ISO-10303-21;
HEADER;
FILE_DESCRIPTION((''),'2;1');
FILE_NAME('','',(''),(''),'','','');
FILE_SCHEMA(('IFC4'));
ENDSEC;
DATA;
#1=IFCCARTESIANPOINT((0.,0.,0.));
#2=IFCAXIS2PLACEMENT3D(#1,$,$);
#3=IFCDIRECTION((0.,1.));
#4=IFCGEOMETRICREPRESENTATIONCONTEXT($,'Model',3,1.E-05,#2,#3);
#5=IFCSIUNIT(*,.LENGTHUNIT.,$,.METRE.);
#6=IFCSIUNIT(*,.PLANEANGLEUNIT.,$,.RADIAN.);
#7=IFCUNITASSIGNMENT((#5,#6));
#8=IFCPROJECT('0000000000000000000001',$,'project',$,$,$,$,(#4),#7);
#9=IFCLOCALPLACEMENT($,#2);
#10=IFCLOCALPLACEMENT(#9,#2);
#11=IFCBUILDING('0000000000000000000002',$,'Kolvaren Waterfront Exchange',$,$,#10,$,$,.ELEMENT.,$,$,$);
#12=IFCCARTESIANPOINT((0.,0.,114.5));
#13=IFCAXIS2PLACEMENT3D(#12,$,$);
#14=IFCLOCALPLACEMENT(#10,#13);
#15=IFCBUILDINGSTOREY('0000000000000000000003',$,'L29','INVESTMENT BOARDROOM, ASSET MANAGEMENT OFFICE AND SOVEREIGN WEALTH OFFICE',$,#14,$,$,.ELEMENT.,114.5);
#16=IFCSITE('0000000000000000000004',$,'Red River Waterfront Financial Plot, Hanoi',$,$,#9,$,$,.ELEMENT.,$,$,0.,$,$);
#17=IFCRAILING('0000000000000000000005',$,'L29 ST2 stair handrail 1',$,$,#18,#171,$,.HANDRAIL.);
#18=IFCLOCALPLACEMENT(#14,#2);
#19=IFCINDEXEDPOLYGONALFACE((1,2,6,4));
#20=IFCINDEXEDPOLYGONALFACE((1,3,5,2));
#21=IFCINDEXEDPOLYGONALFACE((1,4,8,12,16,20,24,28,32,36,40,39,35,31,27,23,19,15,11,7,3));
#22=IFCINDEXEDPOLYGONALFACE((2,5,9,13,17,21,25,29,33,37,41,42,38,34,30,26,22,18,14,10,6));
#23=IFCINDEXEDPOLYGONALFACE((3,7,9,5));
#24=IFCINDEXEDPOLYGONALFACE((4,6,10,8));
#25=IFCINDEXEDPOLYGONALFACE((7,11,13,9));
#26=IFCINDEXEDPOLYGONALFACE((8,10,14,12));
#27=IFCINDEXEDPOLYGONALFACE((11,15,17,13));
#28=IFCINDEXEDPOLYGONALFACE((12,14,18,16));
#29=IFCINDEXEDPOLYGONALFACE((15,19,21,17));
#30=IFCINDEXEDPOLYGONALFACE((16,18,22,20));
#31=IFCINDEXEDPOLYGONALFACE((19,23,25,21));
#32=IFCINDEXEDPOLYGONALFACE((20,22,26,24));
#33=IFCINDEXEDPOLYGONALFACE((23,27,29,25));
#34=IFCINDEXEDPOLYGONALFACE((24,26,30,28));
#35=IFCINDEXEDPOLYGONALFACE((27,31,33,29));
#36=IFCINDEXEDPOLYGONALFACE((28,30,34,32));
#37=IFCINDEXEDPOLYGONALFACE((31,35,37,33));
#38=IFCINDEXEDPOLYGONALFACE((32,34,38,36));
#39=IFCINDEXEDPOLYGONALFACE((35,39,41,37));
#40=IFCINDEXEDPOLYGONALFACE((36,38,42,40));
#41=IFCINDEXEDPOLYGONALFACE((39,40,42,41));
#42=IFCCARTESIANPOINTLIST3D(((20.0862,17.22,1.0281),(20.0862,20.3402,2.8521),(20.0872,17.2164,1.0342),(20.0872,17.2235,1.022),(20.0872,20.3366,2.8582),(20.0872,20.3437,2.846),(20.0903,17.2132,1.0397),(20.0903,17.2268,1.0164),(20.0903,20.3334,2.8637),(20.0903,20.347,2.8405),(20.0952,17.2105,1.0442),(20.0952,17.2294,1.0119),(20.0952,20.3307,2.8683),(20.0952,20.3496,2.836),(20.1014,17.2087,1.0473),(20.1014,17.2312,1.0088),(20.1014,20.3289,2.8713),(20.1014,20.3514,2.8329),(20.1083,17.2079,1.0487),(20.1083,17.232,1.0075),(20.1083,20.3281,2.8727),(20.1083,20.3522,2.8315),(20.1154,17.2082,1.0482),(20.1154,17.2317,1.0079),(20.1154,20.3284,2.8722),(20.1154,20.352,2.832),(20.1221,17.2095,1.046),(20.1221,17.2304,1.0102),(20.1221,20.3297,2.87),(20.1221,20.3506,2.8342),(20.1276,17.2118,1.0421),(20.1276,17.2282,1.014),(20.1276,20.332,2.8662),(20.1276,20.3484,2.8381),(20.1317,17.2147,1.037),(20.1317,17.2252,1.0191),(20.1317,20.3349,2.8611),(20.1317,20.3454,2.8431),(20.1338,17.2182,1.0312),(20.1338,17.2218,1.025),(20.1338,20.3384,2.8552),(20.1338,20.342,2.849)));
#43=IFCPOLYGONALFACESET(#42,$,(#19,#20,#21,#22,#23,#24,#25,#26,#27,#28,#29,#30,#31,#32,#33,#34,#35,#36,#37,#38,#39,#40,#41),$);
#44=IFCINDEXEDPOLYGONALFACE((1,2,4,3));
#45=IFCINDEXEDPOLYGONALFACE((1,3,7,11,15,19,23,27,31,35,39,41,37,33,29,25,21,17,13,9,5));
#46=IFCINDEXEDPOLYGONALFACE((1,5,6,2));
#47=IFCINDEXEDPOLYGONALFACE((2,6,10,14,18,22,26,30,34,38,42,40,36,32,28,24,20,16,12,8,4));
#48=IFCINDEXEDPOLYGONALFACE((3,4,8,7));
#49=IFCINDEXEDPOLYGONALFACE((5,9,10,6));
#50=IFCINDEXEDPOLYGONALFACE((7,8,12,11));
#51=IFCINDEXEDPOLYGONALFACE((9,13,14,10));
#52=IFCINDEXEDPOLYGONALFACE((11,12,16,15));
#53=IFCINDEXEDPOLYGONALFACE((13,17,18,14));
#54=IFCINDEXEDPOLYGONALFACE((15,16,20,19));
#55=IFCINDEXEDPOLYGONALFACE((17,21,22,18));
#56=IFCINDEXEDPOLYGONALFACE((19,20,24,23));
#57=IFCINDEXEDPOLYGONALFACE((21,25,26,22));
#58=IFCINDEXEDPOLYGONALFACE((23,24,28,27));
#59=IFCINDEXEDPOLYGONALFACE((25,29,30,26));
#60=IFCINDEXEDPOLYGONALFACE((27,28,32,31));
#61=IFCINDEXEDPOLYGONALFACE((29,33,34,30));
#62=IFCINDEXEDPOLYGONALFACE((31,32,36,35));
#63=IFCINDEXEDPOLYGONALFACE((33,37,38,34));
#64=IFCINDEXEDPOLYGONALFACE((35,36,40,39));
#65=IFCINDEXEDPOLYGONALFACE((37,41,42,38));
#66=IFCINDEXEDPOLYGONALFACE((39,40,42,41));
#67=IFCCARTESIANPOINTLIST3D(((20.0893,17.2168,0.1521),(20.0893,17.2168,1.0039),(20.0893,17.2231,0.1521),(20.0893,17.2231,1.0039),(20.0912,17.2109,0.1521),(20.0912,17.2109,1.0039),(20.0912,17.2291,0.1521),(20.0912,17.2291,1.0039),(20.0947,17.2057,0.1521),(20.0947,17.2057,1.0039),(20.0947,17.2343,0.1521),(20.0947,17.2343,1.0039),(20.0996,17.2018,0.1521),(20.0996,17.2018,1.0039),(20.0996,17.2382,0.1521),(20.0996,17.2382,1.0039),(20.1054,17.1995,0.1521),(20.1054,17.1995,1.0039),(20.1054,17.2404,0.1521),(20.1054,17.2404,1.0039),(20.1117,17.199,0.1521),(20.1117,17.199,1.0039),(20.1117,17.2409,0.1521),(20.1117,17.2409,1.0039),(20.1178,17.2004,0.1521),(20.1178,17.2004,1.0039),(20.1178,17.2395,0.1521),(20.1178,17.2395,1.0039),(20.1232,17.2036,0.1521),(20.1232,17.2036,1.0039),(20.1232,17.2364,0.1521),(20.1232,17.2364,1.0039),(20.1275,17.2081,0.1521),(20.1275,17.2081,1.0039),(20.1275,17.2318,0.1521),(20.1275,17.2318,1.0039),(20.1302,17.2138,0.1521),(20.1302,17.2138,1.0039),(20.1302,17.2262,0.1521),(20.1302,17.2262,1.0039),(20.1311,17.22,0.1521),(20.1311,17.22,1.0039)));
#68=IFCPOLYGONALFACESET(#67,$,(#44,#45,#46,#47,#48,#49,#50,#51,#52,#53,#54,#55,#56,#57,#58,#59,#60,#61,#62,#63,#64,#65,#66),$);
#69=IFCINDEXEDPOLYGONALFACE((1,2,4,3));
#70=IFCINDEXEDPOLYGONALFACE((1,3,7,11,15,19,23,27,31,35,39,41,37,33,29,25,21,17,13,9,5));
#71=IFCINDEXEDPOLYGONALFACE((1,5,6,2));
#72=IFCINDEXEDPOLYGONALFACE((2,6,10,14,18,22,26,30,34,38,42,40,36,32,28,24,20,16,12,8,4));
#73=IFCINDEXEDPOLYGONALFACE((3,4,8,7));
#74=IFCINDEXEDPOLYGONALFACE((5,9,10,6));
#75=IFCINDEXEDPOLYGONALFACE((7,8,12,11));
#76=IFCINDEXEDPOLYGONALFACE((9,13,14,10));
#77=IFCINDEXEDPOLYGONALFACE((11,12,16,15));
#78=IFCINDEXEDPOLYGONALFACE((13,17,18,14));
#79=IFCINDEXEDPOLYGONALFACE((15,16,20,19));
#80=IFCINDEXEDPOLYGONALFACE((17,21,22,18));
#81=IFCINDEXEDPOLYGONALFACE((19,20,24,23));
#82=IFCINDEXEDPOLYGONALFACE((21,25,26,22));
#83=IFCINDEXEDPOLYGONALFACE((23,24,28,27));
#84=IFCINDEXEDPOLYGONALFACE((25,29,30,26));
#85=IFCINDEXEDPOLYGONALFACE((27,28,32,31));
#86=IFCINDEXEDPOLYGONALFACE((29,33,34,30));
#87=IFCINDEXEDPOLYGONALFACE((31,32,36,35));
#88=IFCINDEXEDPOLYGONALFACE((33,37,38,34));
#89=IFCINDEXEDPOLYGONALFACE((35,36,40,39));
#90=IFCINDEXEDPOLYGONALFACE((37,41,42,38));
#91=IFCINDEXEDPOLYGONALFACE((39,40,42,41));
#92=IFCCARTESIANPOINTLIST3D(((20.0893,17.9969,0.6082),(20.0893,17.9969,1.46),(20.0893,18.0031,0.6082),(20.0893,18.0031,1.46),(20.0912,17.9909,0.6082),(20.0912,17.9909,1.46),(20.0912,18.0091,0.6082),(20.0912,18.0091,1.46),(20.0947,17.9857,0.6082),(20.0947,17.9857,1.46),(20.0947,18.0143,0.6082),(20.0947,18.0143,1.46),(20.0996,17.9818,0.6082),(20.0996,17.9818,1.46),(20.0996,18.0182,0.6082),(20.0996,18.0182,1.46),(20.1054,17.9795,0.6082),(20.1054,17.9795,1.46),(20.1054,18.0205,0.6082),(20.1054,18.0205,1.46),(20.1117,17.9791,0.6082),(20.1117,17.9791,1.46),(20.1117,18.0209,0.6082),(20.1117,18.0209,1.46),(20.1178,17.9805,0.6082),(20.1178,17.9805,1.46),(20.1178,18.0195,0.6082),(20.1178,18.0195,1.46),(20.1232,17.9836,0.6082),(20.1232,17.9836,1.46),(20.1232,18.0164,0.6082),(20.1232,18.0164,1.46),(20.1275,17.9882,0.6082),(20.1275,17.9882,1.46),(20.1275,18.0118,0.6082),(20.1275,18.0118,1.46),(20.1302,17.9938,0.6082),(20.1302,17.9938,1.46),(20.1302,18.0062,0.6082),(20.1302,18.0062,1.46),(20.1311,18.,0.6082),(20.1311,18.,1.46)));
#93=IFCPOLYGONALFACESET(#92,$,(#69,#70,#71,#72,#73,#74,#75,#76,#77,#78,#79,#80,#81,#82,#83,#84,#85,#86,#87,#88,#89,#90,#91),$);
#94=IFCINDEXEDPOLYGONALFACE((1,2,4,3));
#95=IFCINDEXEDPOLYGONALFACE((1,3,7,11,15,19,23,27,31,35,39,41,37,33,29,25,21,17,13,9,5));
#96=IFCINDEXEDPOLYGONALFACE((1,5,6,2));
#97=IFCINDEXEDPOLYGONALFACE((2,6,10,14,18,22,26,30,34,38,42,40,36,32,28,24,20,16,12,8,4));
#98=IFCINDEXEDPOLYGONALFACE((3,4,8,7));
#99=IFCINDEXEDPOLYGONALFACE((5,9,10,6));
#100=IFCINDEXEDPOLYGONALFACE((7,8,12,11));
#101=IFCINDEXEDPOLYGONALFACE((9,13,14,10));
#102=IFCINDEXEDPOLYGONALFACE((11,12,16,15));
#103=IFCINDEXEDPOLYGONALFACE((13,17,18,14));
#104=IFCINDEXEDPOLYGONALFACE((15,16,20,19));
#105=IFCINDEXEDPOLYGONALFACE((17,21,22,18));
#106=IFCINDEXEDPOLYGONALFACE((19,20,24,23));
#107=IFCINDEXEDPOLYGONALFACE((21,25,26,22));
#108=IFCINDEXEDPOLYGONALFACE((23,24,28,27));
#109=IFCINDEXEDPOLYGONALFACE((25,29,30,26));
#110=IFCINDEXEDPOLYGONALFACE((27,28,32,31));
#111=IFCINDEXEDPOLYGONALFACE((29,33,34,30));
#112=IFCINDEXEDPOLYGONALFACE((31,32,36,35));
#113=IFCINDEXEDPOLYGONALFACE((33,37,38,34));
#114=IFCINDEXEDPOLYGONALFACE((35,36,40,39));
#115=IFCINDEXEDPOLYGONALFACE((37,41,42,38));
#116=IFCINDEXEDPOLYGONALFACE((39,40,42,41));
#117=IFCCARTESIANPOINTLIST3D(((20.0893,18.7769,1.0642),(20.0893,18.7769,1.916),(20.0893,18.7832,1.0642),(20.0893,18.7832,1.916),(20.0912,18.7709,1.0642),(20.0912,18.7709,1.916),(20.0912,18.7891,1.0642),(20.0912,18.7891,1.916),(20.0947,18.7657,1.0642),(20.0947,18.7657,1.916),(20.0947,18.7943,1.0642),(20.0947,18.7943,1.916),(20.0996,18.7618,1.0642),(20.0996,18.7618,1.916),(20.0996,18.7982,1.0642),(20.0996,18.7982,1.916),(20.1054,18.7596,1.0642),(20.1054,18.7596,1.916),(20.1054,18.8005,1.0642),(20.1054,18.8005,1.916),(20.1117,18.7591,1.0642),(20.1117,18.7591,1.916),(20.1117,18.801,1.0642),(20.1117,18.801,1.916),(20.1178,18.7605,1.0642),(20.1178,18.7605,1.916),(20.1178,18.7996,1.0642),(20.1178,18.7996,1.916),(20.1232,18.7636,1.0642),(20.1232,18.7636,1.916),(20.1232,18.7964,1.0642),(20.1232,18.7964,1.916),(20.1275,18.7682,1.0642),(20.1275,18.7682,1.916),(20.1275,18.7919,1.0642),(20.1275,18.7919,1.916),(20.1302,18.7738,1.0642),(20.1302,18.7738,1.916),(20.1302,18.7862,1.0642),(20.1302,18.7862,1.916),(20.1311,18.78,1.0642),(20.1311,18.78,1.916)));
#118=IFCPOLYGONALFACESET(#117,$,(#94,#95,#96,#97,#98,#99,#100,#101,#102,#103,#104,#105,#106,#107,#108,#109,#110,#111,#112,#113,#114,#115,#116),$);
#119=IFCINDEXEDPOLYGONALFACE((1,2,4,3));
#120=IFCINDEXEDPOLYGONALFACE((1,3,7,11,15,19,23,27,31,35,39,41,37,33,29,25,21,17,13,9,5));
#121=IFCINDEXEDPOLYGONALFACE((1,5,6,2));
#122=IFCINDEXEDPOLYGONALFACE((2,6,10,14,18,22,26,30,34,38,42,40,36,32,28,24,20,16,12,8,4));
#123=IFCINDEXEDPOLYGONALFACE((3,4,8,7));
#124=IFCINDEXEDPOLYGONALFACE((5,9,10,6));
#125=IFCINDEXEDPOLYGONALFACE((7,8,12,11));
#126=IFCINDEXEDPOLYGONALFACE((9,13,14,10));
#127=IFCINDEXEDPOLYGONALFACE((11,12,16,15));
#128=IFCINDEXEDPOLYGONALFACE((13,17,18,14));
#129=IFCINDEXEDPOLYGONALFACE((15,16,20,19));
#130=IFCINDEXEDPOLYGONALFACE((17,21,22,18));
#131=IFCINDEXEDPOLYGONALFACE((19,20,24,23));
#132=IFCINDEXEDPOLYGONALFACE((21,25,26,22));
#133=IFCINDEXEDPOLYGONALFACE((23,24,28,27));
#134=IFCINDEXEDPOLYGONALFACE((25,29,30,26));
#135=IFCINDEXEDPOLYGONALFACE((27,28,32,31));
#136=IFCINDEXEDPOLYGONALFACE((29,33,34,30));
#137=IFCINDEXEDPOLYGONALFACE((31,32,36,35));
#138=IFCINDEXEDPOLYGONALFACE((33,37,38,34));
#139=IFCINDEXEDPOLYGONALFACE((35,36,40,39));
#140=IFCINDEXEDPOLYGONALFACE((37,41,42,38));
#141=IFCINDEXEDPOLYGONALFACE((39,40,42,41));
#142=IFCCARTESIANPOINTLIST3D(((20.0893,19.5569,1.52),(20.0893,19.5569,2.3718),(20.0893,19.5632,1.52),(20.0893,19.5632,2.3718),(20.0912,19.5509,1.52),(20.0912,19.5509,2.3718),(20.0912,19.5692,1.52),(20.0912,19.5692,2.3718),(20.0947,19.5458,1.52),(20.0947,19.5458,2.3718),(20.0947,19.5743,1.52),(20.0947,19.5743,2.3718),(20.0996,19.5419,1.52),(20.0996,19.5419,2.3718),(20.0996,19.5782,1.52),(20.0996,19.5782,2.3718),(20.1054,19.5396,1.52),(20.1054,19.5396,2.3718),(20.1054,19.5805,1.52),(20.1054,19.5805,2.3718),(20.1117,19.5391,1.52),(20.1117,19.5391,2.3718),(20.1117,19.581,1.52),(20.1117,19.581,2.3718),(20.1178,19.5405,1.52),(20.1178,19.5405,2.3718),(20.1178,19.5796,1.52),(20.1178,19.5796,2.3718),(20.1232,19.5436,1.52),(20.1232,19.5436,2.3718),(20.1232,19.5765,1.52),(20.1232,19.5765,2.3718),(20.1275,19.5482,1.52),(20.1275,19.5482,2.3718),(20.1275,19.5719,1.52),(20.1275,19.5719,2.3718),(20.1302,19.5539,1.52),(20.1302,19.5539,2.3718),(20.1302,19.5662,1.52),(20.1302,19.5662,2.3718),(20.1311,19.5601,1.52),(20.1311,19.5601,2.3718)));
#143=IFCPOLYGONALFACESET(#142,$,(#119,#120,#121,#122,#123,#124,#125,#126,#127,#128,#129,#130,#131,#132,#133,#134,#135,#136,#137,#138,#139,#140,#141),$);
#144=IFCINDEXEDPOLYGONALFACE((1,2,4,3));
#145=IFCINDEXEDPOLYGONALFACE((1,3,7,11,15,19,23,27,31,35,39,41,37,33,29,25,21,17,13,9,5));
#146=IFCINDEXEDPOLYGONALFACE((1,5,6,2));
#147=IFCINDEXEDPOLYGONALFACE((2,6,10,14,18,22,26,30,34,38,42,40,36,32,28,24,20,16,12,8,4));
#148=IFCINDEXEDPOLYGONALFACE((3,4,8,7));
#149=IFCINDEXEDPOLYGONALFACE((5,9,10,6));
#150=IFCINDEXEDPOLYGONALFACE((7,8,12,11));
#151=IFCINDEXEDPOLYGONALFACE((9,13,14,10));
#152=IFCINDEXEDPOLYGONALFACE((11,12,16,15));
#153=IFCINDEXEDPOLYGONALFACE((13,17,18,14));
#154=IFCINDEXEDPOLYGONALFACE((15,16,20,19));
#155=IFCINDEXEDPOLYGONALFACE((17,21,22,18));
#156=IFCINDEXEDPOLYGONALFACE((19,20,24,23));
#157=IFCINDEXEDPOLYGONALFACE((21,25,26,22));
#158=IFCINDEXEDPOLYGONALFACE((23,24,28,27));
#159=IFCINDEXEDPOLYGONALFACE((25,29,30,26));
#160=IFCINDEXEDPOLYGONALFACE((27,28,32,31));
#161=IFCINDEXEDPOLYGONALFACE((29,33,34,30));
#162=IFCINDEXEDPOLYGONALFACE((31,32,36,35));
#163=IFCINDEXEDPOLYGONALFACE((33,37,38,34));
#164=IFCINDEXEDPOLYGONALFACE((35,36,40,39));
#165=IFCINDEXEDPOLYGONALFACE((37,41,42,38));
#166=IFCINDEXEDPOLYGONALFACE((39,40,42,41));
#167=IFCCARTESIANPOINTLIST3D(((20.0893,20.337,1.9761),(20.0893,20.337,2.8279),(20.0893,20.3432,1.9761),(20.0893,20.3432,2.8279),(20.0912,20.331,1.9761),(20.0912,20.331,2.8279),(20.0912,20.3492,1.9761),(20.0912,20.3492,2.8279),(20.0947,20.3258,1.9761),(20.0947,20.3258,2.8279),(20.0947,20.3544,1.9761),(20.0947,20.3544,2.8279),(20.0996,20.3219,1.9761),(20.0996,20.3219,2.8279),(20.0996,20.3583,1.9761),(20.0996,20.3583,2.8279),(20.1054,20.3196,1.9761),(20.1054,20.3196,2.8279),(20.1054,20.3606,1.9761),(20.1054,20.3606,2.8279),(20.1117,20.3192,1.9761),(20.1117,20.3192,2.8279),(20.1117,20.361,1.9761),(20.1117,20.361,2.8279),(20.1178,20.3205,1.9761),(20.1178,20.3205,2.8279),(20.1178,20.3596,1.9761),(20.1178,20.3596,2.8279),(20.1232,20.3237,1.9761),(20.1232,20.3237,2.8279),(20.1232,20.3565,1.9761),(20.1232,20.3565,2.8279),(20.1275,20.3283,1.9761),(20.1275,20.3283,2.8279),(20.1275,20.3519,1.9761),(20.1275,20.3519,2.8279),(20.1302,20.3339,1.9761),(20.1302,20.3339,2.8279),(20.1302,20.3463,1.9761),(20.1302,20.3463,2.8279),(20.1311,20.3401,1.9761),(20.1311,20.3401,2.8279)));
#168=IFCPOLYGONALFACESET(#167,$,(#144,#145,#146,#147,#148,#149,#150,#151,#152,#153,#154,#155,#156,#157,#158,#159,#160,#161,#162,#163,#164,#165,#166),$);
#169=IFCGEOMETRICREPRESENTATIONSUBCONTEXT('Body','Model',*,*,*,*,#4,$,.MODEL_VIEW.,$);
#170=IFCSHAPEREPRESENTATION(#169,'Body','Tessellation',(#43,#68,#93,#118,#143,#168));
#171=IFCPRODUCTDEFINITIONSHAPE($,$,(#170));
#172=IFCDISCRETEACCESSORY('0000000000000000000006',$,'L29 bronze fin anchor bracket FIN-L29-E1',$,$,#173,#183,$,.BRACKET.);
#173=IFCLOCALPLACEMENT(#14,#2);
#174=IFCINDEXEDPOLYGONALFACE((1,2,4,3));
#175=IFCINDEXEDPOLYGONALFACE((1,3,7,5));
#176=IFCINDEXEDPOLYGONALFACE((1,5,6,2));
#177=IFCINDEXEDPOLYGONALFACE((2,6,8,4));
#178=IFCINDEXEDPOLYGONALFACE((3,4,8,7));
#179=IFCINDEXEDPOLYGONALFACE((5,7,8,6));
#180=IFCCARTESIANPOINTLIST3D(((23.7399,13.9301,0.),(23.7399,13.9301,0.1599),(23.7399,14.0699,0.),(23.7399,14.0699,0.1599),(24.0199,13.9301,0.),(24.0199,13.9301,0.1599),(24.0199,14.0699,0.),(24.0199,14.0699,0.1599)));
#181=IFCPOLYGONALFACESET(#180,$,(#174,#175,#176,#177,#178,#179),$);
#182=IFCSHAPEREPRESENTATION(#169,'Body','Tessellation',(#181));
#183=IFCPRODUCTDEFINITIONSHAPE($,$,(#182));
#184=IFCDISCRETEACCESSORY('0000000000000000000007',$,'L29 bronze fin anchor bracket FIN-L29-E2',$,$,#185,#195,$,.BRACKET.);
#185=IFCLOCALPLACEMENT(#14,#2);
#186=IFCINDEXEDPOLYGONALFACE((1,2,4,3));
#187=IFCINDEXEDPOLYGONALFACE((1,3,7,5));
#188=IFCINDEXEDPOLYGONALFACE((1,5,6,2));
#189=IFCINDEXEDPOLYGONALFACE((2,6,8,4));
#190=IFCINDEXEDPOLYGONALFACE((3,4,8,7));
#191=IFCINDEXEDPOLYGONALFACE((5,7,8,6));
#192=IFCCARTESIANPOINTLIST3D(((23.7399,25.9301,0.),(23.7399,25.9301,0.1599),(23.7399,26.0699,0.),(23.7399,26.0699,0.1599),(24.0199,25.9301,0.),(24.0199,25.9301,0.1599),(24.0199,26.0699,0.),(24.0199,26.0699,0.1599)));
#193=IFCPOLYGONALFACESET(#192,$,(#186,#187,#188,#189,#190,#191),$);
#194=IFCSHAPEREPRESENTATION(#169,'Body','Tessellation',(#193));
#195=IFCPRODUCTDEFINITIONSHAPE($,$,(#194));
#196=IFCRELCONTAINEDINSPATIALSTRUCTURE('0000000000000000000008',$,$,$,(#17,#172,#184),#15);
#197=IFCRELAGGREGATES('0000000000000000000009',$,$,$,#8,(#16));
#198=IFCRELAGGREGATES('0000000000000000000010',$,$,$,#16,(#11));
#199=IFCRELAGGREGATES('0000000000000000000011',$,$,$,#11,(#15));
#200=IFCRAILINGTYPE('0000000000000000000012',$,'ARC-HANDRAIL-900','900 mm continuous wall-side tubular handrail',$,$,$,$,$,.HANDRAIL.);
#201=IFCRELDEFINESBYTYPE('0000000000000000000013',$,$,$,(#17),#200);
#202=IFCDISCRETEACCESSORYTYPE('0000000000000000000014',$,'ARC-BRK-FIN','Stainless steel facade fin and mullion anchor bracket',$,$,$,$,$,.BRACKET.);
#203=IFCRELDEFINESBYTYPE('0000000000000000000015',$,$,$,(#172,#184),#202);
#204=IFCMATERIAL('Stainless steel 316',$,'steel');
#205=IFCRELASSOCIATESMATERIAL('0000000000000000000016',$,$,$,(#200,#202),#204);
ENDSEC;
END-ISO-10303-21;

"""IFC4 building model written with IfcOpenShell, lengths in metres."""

from ifc_helpers import new_model, si_unit, direction, frame, origin, origin_with_axes, origin_2d, place, context, subcontext, project, spatial, rectangle, circle, extrude, source, transform, mapped, material, type_object, element, save


model = new_model("IFC4")

# Units and contexts
model_context = context("Model", 3, precision=1e-05, world=origin(), true_north=direction((0.0, 1.0)))
body_context = subcontext(model_context, "Body", "Model", "MODEL_VIEW")
ifc_project = project(units=[si_unit("LENGTHUNIT", "METRE"), si_unit("PLANEANGLEUNIT", "RADIAN")], contexts=[model_context])

# Site, building, storey
site_placement = place(None, origin())
site = spatial("IfcSite", under=ifc_project, at=site_placement, Name="Red River Waterfront Financial Plot, Hanoi", CompositionType="ELEMENT", RefElevation=0.0)
building_placement = place(site_placement, origin())
building = spatial("IfcBuilding", under=site, at=building_placement, Name="Kolvaren Waterfront Exchange", CompositionType="ELEMENT")
storey_placement = place(building_placement, frame((0.0, 0.0, 114.5)))
storey = spatial("IfcBuildingStorey", under=building, at=storey_placement, Name="L29", Description="INVESTMENT BOARDROOM, ASSET MANAGEMENT OFFICE AND SOVEREIGN WEALTH OFFICE", CompositionType="ELEMENT", Elevation=114.5)

# Railing
ifc_material_1 = material(Name="Stainless steel 316", Category="steel")
railing_type_1 = type_object("IfcRailingType", Name="ARC-HANDRAIL-900", Description="900 mm continuous wall-side tubular handrail", PredefinedType="HANDRAIL", material=ifc_material_1)
railing_1_placement = place(storey_placement, frame((20.1101, 17.22, 0.1521)))
element("IfcRailing", 1, at=railing_1_placement, inside=storey, type_object=railing_type_1, Name="L29 ST2 stair handrail 1", PredefinedType="HANDRAIL", context=body_context, shape_type="SweptSolid", body=[
    extrude(circle(Radius=0.0239, at=origin_2d()), frame((0.0, 0.0, 0.876), z_axis=(0.0, 0.863308, 0.504677), x_axis=(-1.0, 0.0, 0.0)), (0.0, 0.0, 1.0), 3.6143),
    extrude(circle(Radius=0.021, at=origin_2d()), origin(), (0.0, 0.0, 1.0), 0.8518),
    extrude(circle(Radius=0.021, at=origin_2d()), frame((0.0, 0.78, 0.4561)), (0.0, 0.0, 1.0), 0.8518),
    extrude(circle(Radius=0.021, at=origin_2d()), frame((0.0, 1.5601, 0.9121)), (0.0, 0.0, 1.0), 0.8518),
    extrude(circle(Radius=0.021, at=origin_2d()), frame((0.0, 2.3401, 1.3679)), (0.0, 0.0, 1.0), 0.8518),
    extrude(circle(Radius=0.021, at=origin_2d()), frame((0.0, 3.1201, 1.824)), (0.0, 0.0, 1.0), 0.8518),
])

# Discrete accessories
discrete_accessory_type = type_object("IfcDiscreteAccessoryType", Name="ARC-BRK-FIN", Description="Stainless steel facade fin and mullion anchor bracket", PredefinedType="BRACKET", material=ifc_material_1)
shared_shape_1 = source(origin_with_axes(), body_context, "Body", "SweptSolid", [
    extrude(rectangle(XDim=0.28, YDim=0.1399, at=origin_2d()), origin(), (0.0, 0.0, 1.0), 0.1599),
])
for number, where, z_axis, x_axis, name in (
    (2, (23.8799, 14.0, 0.0), (0.0, 0.0, 1.0), (1.0, 0.0, 0.0), "L29 bronze fin anchor bracket FIN-L29-E1"),
    (3, (23.8799, 26.0, 0.0), (0.0, 0.0, 1.0), (1.0, 0.0, 0.0), "L29 bronze fin anchor bracket FIN-L29-E2"),
):
    element("IfcDiscreteAccessory", number, at=place(storey_placement, frame(where, z_axis=z_axis, x_axis=x_axis)), inside=storey, type_object=discrete_accessory_type, Name=name, PredefinedType="BRACKET", context=body_context, shape_type="MappedRepresentation", body=[
        mapped(shared_shape_1, transform((0.0, 0.0, 0.0), x_axis=(1.0, 0.0, 0.0), y_axis=(0.0, 1.0, 0.0), z_axis=(0.0, 0.0, 1.0), scale=1.0)),
    ])

save(model, "model.ifc")
